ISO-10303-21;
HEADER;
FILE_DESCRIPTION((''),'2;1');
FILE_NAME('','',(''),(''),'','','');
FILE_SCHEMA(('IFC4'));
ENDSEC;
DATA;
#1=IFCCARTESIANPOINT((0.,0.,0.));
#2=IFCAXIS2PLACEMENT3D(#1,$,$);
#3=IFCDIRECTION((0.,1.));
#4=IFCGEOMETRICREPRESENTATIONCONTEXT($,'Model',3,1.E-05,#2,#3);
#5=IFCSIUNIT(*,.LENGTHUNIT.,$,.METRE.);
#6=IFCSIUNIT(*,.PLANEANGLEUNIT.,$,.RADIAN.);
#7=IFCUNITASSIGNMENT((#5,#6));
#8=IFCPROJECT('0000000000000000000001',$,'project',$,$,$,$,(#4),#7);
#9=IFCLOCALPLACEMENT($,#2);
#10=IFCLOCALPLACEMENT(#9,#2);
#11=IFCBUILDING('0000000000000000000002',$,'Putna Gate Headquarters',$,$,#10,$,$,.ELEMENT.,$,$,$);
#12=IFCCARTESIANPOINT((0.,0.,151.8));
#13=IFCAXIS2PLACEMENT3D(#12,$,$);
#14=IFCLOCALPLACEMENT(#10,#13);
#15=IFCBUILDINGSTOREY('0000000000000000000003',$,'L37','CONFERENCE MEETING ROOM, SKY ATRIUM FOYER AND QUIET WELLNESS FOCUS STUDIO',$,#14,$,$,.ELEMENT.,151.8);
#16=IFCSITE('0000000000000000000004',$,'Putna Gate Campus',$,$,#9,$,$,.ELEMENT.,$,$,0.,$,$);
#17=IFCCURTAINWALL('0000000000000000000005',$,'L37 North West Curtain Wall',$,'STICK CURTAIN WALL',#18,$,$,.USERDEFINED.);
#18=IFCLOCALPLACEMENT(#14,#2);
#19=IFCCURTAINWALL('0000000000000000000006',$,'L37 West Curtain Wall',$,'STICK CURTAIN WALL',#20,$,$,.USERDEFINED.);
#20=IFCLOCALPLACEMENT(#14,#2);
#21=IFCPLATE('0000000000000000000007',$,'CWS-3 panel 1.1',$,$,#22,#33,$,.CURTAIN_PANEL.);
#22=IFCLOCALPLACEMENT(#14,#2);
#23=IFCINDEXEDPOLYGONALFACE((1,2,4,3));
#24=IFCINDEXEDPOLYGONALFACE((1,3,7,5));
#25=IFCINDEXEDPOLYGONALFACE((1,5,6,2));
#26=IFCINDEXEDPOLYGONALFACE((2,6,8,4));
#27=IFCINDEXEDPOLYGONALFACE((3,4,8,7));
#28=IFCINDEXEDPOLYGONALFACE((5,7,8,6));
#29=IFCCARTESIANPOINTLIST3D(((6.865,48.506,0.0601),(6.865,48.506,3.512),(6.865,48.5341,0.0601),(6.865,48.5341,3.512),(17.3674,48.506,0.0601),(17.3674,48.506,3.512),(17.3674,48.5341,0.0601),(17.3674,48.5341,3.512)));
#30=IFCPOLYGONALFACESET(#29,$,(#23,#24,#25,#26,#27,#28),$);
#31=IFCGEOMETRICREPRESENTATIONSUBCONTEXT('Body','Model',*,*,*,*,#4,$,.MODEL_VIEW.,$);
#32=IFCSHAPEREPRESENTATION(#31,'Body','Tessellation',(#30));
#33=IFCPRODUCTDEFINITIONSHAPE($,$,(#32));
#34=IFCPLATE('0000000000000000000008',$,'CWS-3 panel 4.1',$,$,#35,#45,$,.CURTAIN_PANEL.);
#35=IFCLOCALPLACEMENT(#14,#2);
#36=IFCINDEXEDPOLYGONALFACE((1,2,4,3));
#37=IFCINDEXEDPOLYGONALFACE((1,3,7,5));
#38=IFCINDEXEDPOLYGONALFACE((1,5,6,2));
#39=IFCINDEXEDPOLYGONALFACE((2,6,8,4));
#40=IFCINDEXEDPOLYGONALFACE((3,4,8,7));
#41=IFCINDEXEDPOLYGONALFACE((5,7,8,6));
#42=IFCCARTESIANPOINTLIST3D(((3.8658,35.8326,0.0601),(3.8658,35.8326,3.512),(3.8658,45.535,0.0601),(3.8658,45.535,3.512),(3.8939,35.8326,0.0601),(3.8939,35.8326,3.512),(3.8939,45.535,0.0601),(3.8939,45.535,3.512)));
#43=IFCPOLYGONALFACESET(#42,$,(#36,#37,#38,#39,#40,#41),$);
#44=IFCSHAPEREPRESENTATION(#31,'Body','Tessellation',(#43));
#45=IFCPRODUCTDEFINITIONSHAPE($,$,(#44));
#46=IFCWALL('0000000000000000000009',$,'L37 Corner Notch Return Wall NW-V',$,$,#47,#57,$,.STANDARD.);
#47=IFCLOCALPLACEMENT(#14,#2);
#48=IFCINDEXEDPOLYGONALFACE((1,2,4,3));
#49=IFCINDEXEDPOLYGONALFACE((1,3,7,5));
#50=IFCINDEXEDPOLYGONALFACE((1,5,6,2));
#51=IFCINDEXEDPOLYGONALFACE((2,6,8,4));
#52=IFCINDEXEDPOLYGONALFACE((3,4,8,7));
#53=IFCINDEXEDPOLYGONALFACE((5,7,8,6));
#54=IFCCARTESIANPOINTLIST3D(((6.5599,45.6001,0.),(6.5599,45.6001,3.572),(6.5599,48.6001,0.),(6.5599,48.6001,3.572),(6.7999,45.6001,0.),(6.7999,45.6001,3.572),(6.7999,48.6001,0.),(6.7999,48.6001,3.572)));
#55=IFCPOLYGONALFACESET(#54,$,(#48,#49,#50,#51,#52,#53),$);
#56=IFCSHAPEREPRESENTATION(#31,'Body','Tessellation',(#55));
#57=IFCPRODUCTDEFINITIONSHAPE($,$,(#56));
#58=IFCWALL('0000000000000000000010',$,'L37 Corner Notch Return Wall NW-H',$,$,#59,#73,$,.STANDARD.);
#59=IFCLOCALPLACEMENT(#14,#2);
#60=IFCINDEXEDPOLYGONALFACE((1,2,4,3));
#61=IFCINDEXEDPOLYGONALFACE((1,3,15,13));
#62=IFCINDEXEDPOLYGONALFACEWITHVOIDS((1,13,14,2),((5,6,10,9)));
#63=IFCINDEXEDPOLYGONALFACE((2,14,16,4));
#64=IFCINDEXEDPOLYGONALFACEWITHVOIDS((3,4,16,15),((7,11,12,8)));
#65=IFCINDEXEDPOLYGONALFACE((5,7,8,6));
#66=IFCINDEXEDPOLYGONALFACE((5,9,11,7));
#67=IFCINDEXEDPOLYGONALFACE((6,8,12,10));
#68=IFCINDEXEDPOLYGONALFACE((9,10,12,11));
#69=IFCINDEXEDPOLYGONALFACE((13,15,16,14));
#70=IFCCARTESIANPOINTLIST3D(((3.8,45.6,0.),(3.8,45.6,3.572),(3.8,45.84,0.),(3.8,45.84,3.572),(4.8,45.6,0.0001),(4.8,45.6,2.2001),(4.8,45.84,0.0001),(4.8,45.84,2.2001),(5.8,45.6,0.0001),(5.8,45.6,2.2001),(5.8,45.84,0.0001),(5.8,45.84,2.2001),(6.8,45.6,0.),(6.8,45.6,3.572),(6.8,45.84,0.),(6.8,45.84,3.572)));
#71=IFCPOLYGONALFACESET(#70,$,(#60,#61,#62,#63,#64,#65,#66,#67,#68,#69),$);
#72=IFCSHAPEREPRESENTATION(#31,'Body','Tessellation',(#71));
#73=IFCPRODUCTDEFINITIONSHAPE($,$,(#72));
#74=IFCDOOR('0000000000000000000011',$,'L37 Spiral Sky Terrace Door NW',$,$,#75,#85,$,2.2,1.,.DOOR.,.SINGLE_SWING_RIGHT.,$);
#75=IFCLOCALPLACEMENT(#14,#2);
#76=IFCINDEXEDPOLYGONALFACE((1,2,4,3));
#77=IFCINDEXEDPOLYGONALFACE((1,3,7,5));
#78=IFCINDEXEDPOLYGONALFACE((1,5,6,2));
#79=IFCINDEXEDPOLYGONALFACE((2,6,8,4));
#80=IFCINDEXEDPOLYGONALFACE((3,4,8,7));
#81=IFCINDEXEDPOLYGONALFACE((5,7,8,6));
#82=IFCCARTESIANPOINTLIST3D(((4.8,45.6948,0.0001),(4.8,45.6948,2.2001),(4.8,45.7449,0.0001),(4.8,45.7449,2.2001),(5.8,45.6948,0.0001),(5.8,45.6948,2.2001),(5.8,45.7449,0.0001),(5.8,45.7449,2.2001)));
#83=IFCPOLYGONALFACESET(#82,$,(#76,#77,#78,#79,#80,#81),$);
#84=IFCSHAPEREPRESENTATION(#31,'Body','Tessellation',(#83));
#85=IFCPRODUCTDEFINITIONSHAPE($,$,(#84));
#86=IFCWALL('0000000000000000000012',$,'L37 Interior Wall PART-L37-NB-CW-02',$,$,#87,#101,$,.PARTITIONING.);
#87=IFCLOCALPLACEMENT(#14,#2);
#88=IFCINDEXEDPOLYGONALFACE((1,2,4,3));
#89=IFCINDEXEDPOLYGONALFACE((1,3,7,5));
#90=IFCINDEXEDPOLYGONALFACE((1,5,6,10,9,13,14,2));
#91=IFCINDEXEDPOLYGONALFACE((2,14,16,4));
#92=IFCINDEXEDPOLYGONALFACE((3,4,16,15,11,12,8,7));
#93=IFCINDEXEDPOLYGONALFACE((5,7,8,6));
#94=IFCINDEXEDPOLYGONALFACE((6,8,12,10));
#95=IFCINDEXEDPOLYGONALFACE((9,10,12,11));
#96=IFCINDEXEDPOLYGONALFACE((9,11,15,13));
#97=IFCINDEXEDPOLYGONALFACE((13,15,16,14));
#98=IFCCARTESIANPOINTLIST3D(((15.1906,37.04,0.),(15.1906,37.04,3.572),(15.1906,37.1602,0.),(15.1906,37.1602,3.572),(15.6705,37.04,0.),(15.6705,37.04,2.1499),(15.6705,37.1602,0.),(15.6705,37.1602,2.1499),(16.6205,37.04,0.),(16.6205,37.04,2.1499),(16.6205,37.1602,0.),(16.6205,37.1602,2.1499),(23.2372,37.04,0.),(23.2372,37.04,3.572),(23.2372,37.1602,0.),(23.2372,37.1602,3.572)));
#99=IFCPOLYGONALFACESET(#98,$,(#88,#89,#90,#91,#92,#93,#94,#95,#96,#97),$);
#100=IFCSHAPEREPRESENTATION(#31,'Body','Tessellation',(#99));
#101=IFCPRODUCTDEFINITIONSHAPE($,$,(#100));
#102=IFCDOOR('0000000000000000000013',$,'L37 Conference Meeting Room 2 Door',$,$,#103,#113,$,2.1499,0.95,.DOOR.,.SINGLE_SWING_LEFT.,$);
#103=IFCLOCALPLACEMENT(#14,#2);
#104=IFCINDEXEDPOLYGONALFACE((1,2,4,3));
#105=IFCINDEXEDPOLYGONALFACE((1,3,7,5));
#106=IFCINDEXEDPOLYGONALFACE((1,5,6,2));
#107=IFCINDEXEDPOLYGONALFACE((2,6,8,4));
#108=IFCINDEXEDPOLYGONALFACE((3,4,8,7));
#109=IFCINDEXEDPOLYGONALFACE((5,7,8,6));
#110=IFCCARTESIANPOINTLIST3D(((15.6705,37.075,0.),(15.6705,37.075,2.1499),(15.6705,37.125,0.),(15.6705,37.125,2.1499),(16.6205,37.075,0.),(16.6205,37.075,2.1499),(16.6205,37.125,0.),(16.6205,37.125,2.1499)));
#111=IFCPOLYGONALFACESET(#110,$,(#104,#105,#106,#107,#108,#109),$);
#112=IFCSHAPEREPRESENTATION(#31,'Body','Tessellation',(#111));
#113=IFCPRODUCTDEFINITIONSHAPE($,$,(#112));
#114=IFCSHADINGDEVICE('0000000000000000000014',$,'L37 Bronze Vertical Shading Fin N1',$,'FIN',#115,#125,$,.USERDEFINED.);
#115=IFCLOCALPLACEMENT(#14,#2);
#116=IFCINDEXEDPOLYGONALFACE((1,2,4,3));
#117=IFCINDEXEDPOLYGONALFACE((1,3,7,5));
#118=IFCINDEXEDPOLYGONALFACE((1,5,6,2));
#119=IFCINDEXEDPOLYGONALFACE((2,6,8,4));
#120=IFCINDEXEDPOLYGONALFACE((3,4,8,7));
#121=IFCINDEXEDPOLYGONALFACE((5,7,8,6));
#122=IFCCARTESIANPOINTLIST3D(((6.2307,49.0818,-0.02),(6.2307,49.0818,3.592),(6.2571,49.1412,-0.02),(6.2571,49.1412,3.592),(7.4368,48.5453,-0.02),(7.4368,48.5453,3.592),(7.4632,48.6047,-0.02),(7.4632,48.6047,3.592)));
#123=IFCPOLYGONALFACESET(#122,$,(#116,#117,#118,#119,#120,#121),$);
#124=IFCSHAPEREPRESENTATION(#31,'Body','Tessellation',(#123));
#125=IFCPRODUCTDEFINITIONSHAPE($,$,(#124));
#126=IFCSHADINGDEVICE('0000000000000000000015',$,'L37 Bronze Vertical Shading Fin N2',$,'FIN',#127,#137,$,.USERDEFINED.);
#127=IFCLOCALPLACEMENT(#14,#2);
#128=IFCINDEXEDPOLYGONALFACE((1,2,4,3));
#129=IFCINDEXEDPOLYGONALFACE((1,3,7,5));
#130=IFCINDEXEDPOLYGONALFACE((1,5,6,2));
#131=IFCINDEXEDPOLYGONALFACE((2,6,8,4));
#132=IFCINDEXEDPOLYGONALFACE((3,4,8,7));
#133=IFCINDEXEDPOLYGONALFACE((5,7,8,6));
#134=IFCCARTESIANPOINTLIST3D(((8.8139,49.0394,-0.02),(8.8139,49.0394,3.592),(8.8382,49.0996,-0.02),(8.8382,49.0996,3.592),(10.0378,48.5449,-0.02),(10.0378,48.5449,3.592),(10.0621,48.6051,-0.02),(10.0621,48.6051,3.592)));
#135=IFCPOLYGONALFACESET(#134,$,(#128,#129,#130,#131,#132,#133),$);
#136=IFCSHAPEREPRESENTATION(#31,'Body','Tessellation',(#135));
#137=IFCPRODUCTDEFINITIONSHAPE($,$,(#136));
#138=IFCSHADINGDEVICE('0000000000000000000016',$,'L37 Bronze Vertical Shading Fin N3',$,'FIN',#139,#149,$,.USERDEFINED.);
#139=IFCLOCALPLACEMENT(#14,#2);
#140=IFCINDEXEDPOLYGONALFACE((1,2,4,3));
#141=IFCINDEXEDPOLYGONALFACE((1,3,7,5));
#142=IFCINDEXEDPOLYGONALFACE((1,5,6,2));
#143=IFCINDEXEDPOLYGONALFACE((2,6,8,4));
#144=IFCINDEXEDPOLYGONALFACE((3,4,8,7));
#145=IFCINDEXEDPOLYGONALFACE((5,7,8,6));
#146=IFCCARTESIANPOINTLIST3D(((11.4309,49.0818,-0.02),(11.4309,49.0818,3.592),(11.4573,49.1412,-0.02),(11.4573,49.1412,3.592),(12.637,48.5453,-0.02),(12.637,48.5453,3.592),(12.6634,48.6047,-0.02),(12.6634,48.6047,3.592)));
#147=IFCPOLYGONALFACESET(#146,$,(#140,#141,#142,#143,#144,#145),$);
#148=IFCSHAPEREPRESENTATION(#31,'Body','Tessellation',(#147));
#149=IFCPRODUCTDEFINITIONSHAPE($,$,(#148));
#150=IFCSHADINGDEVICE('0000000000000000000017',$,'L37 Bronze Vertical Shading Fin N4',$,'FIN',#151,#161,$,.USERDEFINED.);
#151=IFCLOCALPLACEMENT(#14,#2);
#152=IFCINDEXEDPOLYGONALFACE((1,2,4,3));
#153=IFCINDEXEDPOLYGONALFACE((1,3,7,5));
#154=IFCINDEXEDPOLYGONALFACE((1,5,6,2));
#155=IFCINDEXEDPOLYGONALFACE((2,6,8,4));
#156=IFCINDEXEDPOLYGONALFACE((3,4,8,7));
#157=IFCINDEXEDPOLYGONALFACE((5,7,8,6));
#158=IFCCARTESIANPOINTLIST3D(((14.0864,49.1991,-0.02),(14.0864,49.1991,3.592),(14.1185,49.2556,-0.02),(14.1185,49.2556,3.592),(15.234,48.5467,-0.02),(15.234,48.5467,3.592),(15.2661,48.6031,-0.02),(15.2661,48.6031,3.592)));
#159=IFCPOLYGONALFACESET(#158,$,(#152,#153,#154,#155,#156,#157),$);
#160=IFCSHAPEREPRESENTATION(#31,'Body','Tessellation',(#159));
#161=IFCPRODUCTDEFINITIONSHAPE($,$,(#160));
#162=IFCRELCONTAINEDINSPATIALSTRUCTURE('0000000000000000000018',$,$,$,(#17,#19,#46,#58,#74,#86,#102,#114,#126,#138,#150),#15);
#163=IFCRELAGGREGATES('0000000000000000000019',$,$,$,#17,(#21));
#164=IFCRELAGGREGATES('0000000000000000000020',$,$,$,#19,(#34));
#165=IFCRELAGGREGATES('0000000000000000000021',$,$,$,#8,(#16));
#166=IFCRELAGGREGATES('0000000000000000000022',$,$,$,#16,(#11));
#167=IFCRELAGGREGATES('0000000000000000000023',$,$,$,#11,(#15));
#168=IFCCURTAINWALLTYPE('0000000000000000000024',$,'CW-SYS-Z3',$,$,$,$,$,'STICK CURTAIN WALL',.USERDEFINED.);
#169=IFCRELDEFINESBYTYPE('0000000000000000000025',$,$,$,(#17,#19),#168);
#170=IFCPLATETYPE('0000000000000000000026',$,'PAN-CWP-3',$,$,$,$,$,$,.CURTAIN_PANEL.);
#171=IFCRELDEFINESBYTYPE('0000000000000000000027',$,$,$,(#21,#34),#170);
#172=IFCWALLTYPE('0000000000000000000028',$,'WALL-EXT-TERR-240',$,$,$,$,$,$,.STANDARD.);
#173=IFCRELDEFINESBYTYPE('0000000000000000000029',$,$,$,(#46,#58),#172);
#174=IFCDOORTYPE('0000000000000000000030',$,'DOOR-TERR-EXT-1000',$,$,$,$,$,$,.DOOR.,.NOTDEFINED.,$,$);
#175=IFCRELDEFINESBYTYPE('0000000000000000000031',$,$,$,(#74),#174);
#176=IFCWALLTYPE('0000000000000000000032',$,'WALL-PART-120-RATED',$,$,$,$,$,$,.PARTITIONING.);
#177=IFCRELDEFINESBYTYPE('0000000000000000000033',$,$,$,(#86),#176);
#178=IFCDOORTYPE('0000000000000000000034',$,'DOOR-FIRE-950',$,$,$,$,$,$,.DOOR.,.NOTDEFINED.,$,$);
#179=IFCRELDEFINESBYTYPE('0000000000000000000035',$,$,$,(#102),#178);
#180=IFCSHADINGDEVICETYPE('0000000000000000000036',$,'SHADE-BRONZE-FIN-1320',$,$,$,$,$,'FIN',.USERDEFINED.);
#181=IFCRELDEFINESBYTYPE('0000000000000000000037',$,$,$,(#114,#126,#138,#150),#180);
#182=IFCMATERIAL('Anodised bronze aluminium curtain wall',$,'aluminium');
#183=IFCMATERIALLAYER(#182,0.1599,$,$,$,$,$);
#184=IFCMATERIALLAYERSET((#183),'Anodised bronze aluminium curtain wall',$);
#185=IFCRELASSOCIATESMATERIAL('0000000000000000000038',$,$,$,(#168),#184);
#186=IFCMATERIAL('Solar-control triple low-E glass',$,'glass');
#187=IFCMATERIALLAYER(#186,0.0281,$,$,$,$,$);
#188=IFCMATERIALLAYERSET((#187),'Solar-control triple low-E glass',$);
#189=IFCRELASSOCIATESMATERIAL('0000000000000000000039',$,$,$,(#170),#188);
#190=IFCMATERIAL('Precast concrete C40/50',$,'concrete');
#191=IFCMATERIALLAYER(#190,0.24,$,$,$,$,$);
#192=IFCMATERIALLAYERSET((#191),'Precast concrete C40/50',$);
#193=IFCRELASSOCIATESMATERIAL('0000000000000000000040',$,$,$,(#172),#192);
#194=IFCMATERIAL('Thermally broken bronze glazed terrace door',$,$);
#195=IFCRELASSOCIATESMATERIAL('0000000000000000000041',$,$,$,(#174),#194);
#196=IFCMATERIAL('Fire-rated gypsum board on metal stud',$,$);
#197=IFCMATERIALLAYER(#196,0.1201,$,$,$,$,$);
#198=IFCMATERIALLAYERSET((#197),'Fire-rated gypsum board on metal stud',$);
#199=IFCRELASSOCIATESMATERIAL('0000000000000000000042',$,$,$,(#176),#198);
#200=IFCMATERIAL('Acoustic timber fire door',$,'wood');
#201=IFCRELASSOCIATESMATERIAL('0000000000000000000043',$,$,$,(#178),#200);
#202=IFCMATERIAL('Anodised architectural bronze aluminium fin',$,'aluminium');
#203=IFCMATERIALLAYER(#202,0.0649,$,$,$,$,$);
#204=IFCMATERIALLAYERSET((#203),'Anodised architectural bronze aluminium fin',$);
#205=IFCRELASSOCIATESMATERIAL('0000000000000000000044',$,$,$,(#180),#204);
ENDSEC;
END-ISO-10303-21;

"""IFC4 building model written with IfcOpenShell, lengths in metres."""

from ifc_helpers import new_model, si_unit, direction, frame, frame_2d, origin, origin_2d, place, context, subcontext, project, spatial, rectangle, extrude, material, layer, layer_set, type_object, element, fill, aggregate, save


model = new_model("IFC4")

# Units and contexts
model_context = context("Model", 3, precision=1e-05, world=origin(), true_north=direction((0.0, 1.0)))
body_context = subcontext(model_context, "Body", "Model", "MODEL_VIEW")
ifc_project = project(units=[si_unit("LENGTHUNIT", "METRE"), si_unit("PLANEANGLEUNIT", "RADIAN")], contexts=[model_context])

# Site, building, storey
site_placement = place(None, origin())
site = spatial("IfcSite", under=ifc_project, at=site_placement, Name="Putna Gate Campus", CompositionType="ELEMENT", RefElevation=0.0)
building_placement = place(site_placement, origin())
building = spatial("IfcBuilding", under=site, at=building_placement, Name="Putna Gate Headquarters", CompositionType="ELEMENT")
storey_placement = place(building_placement, frame((0.0, 0.0, 151.8)))
storey = spatial("IfcBuildingStorey", under=building, at=storey_placement, Name="L37", Description="CONFERENCE MEETING ROOM, SKY ATRIUM FOYER AND QUIET WELLNESS FOCUS STUDIO", CompositionType="ELEMENT", Elevation=151.8)

# Curtain wall
ifc_material_1 = material(Name="Anodised bronze aluminium curtain wall", Category="aluminium")
ifc_layer_1 = layer(ifc_material_1, 0.1599)
ifc_layer_set_1 = layer_set([ifc_layer_1], Name="Anodised bronze aluminium curtain wall")
curtain_wall_type = type_object("IfcCurtainWallType", Name="CW-SYS-Z3", ElementType="STICK CURTAIN WALL", PredefinedType="USERDEFINED", material=ifc_layer_set_1)
curtain_wall_1_placement = place(storey_placement, origin())
curtain_wall_1 = element("IfcCurtainWall", 1, at=curtain_wall_1_placement, inside=storey, type_object=curtain_wall_type, Name="L37 North West Curtain Wall", ObjectType="STICK CURTAIN WALL", PredefinedType="USERDEFINED")

# Curtain wall
curtain_wall_2_placement = place(storey_placement, origin())
curtain_wall_2 = element("IfcCurtainWall", 2, at=curtain_wall_2_placement, inside=storey, type_object=curtain_wall_type, Name="L37 West Curtain Wall", ObjectType="STICK CURTAIN WALL", PredefinedType="USERDEFINED")

# Plates
ifc_material_2 = material(Name="Solar-control triple low-E glass", Category="glass")
ifc_layer_2 = layer(ifc_material_2, 0.0281)
ifc_layer_set_2 = layer_set([ifc_layer_2], Name="Solar-control triple low-E glass")
plate_type = type_object("IfcPlateType", Name="PAN-CWP-3", PredefinedType="CURTAIN_PANEL", material=ifc_layer_set_2)
plate_1_placement = place(storey_placement, frame((12.1162, 48.52, 0.0601), z_axis=(0.0, 0.0, 1.0), x_axis=(1.0, 0.0, 0.0)))
plate_1 = element("IfcPlate", 3, at=plate_1_placement, type_object=plate_type, Name="CWS-3 panel 1.1", PredefinedType="CURTAIN_PANEL", context=body_context, shape_type="SweptSolid", body=[
    extrude(rectangle(XDim=10.5024, YDim=0.0281, at=origin_2d()), origin(), (0.0, 0.0, 1.0), 3.4519),
])
aggregate(curtain_wall_1, [plate_1])
plate_2_placement = place(storey_placement, frame((3.8799, 40.6838, 0.0601), z_axis=(0.0, 0.0, 1.0), x_axis=(0.0, 1.0, 0.0)))
plate_2 = element("IfcPlate", 4, at=plate_2_placement, type_object=plate_type, Name="CWS-3 panel 4.1", PredefinedType="CURTAIN_PANEL", context=body_context, shape_type="SweptSolid", body=[
    extrude(rectangle(XDim=9.7024, YDim=0.0281, at=origin_2d()), origin(), (0.0, 0.0, 1.0), 3.4519),
])
aggregate(curtain_wall_2, [plate_2])

# Wall
ifc_material_3 = material(Name="Precast concrete C40/50", Category="concrete")
ifc_layer_3 = layer(ifc_material_3, 0.24)
ifc_layer_set_3 = layer_set([ifc_layer_3], Name="Precast concrete C40/50")
wall_type_1 = type_object("IfcWallType", Name="WALL-EXT-TERR-240", PredefinedType="STANDARD", material=ifc_layer_set_3)
wall_1_placement = place(storey_placement, frame((6.6799, 45.6001, 0.0), z_axis=(0.0, 0.0, 1.0), x_axis=(0.0, 1.0, 0.0)))
element("IfcWall", 5, at=wall_1_placement, inside=storey, type_object=wall_type_1, Name="L37 Corner Notch Return Wall NW-V", PredefinedType="STANDARD", context=body_context, shape_type="SweptSolid", body=[
    extrude(rectangle(XDim=3.0, YDim=0.24, at=frame_2d((1.5, 0.0))), origin(), (0.0, 0.0, 1.0), 3.572),
])

# Walls, openings, doors
wall_2_placement = place(storey_placement, frame((3.8, 45.72, 0.0), z_axis=(0.0, 0.0, 1.0), x_axis=(1.0, 0.0, 0.0)))
wall_2 = element("IfcWall", 6, at=wall_2_placement, inside=storey, type_object=wall_type_1, Name="L37 Corner Notch Return Wall NW-H", PredefinedType="STANDARD", context=body_context, shape_type="SweptSolid", body=[
    extrude(rectangle(XDim=3.0, YDim=0.24, at=frame_2d((1.5, 0.0))), origin(), (0.0, 0.0, 1.0), 3.572),
])
opening_1_placement = place(wall_2_placement, frame((1.0, 0.0, 0.0)))
opening_1 = element("IfcOpeningElement", 7, at=opening_1_placement, cuts=wall_2, PredefinedType="OPENING", context=body_context, shape_type="SweptSolid", body=[
    extrude(rectangle(XDim=1.0, YDim=2.2, at=frame_2d((0.5, 1.1001))), frame((0.0, 0.1299, 0.0), z_axis=(0.0, -1.0, 0.0), x_axis=(1.0, 0.0, 0.0)), (0.0, 0.0, 1.0), 0.26),
])
ifc_material_4 = material(Name="Thermally broken bronze glazed terrace door")
door_type_1 = type_object("IfcDoorType", Name="DOOR-TERR-EXT-1000", OperationType="NOTDEFINED", PredefinedType="DOOR", material=ifc_material_4)
door_1_placement = place(opening_1_placement, origin())
door_1 = element("IfcDoor", 8, at=door_1_placement, inside=storey, type_object=door_type_1, Name="L37 Spiral Sky Terrace Door NW", OperationType="SINGLE_SWING_RIGHT", OverallHeight=2.2, OverallWidth=1.0, PredefinedType="DOOR", context=body_context, shape_type="SweptSolid", body=[
    extrude(rectangle(XDim=1.0, YDim=2.2, at=frame_2d((0.5, 1.1001))), frame((0.0, 0.0249, 0.0), z_axis=(0.0, -1.0, 0.0), x_axis=(1.0, 0.0, 0.0)), (0.0, 0.0, 1.0), 0.05),
])
fill(opening_1, door_1)
ifc_material_5 = material(Name="Fire-rated gypsum board on metal stud")
ifc_layer_4 = layer(ifc_material_5, 0.1201)
ifc_layer_set_4 = layer_set([ifc_layer_4], Name="Fire-rated gypsum board on metal stud")
wall_type_2 = type_object("IfcWallType", Name="WALL-PART-120-RATED", PredefinedType="PARTITIONING", material=ifc_layer_set_4)
wall_3_placement = place(storey_placement, frame((15.1904, 37.1001, 0.0), z_axis=(0.0, 0.0, 1.0), x_axis=(1.0, 0.0, 0.0)))
wall_3 = element("IfcWall", 9, at=wall_3_placement, inside=storey, type_object=wall_type_2, Name="L37 Interior Wall PART-L37-NB-CW-02", PredefinedType="PARTITIONING", context=body_context, shape_type="SweptSolid", body=[
    extrude(rectangle(XDim=8.0466, YDim=0.1201, at=frame_2d((4.0234, 0.0))), origin(), (0.0, 0.0, 1.0), 3.572),
])
opening_2_placement = place(wall_3_placement, frame((0.48, 0.0, 0.0)))
opening_2 = element("IfcOpeningElement", 10, at=opening_2_placement, cuts=wall_3, PredefinedType="OPENING", context=body_context, shape_type="SweptSolid", body=[
    extrude(rectangle(XDim=0.95, YDim=2.1499, at=frame_2d((0.4751, 1.075))), frame((0.0, 0.0701, 0.0), z_axis=(0.0, -1.0, 0.0), x_axis=(1.0, 0.0, 0.0)), (0.0, 0.0, 1.0), 0.1401),
])
ifc_material_6 = material(Name="Acoustic timber fire door", Category="wood")
door_type_2 = type_object("IfcDoorType", Name="DOOR-FIRE-950", OperationType="NOTDEFINED", PredefinedType="DOOR", material=ifc_material_6)
door_2_placement = place(opening_2_placement, origin())
door_2 = element("IfcDoor", 11, at=door_2_placement, inside=storey, type_object=door_type_2, Name="L37 Conference Meeting Room 2 Door", OperationType="SINGLE_SWING_LEFT", OverallHeight=2.1499, OverallWidth=0.95, PredefinedType="DOOR", context=body_context, shape_type="SweptSolid", body=[
    extrude(rectangle(XDim=0.95, YDim=2.1499, at=frame_2d((0.4751, 1.075))), frame((0.0, 0.0249, 0.0), z_axis=(0.0, -1.0, 0.0), x_axis=(1.0, 0.0, 0.0)), (0.0, 0.0, 1.0), 0.05),
])
fill(opening_2, door_2)

# Shading devices
ifc_material_7 = material(Name="Anodised architectural bronze aluminium fin", Category="aluminium")
ifc_layer_5 = layer(ifc_material_7, 0.0649)
ifc_layer_set_5 = layer_set([ifc_layer_5], Name="Anodised architectural bronze aluminium fin")
shading_device_type = type_object("IfcShadingDeviceType", Name="SHADE-BRONZE-FIN-1320", ElementType="FIN", PredefinedType="USERDEFINED", material=ifc_layer_set_5)
for number, where, z_axis, x_axis, name in (
    (12, (6.8469, 48.8433, -0.02), (0.0, 0.0, 1.0), (-0.913687, 0.406418, 0.0), "L37 Bronze Vertical Shading Fin N1"),
    (13, (9.438, 48.8223, -0.02), (0.0, 0.0, 1.0), (-0.927184, 0.374607, 0.0), "L37 Bronze Vertical Shading Fin N2"),
    (14, (12.0471, 48.8433, -0.02), (0.0, 0.0, 1.0), (-0.913687, 0.406418, 0.0), "L37 Bronze Vertical Shading Fin N3"),
    (15, (14.6763, 48.9011, -0.02), (0.0, 0.0, 1.0), (-0.869322, 0.494245, 0.0), "L37 Bronze Vertical Shading Fin N4"),
):
    element("IfcShadingDevice", number, at=place(storey_placement, frame(where, z_axis=z_axis, x_axis=x_axis)), inside=storey, type_object=shading_device_type, Name=name, ObjectType="FIN", PredefinedType="USERDEFINED", context=body_context, shape_type="SweptSolid", body=[
        extrude(rectangle(XDim=1.3201, YDim=0.0649, at=origin_2d()), origin(), (0.0, 0.0, 1.0), 3.6121),
    ])

save(model, "model.ifc")
